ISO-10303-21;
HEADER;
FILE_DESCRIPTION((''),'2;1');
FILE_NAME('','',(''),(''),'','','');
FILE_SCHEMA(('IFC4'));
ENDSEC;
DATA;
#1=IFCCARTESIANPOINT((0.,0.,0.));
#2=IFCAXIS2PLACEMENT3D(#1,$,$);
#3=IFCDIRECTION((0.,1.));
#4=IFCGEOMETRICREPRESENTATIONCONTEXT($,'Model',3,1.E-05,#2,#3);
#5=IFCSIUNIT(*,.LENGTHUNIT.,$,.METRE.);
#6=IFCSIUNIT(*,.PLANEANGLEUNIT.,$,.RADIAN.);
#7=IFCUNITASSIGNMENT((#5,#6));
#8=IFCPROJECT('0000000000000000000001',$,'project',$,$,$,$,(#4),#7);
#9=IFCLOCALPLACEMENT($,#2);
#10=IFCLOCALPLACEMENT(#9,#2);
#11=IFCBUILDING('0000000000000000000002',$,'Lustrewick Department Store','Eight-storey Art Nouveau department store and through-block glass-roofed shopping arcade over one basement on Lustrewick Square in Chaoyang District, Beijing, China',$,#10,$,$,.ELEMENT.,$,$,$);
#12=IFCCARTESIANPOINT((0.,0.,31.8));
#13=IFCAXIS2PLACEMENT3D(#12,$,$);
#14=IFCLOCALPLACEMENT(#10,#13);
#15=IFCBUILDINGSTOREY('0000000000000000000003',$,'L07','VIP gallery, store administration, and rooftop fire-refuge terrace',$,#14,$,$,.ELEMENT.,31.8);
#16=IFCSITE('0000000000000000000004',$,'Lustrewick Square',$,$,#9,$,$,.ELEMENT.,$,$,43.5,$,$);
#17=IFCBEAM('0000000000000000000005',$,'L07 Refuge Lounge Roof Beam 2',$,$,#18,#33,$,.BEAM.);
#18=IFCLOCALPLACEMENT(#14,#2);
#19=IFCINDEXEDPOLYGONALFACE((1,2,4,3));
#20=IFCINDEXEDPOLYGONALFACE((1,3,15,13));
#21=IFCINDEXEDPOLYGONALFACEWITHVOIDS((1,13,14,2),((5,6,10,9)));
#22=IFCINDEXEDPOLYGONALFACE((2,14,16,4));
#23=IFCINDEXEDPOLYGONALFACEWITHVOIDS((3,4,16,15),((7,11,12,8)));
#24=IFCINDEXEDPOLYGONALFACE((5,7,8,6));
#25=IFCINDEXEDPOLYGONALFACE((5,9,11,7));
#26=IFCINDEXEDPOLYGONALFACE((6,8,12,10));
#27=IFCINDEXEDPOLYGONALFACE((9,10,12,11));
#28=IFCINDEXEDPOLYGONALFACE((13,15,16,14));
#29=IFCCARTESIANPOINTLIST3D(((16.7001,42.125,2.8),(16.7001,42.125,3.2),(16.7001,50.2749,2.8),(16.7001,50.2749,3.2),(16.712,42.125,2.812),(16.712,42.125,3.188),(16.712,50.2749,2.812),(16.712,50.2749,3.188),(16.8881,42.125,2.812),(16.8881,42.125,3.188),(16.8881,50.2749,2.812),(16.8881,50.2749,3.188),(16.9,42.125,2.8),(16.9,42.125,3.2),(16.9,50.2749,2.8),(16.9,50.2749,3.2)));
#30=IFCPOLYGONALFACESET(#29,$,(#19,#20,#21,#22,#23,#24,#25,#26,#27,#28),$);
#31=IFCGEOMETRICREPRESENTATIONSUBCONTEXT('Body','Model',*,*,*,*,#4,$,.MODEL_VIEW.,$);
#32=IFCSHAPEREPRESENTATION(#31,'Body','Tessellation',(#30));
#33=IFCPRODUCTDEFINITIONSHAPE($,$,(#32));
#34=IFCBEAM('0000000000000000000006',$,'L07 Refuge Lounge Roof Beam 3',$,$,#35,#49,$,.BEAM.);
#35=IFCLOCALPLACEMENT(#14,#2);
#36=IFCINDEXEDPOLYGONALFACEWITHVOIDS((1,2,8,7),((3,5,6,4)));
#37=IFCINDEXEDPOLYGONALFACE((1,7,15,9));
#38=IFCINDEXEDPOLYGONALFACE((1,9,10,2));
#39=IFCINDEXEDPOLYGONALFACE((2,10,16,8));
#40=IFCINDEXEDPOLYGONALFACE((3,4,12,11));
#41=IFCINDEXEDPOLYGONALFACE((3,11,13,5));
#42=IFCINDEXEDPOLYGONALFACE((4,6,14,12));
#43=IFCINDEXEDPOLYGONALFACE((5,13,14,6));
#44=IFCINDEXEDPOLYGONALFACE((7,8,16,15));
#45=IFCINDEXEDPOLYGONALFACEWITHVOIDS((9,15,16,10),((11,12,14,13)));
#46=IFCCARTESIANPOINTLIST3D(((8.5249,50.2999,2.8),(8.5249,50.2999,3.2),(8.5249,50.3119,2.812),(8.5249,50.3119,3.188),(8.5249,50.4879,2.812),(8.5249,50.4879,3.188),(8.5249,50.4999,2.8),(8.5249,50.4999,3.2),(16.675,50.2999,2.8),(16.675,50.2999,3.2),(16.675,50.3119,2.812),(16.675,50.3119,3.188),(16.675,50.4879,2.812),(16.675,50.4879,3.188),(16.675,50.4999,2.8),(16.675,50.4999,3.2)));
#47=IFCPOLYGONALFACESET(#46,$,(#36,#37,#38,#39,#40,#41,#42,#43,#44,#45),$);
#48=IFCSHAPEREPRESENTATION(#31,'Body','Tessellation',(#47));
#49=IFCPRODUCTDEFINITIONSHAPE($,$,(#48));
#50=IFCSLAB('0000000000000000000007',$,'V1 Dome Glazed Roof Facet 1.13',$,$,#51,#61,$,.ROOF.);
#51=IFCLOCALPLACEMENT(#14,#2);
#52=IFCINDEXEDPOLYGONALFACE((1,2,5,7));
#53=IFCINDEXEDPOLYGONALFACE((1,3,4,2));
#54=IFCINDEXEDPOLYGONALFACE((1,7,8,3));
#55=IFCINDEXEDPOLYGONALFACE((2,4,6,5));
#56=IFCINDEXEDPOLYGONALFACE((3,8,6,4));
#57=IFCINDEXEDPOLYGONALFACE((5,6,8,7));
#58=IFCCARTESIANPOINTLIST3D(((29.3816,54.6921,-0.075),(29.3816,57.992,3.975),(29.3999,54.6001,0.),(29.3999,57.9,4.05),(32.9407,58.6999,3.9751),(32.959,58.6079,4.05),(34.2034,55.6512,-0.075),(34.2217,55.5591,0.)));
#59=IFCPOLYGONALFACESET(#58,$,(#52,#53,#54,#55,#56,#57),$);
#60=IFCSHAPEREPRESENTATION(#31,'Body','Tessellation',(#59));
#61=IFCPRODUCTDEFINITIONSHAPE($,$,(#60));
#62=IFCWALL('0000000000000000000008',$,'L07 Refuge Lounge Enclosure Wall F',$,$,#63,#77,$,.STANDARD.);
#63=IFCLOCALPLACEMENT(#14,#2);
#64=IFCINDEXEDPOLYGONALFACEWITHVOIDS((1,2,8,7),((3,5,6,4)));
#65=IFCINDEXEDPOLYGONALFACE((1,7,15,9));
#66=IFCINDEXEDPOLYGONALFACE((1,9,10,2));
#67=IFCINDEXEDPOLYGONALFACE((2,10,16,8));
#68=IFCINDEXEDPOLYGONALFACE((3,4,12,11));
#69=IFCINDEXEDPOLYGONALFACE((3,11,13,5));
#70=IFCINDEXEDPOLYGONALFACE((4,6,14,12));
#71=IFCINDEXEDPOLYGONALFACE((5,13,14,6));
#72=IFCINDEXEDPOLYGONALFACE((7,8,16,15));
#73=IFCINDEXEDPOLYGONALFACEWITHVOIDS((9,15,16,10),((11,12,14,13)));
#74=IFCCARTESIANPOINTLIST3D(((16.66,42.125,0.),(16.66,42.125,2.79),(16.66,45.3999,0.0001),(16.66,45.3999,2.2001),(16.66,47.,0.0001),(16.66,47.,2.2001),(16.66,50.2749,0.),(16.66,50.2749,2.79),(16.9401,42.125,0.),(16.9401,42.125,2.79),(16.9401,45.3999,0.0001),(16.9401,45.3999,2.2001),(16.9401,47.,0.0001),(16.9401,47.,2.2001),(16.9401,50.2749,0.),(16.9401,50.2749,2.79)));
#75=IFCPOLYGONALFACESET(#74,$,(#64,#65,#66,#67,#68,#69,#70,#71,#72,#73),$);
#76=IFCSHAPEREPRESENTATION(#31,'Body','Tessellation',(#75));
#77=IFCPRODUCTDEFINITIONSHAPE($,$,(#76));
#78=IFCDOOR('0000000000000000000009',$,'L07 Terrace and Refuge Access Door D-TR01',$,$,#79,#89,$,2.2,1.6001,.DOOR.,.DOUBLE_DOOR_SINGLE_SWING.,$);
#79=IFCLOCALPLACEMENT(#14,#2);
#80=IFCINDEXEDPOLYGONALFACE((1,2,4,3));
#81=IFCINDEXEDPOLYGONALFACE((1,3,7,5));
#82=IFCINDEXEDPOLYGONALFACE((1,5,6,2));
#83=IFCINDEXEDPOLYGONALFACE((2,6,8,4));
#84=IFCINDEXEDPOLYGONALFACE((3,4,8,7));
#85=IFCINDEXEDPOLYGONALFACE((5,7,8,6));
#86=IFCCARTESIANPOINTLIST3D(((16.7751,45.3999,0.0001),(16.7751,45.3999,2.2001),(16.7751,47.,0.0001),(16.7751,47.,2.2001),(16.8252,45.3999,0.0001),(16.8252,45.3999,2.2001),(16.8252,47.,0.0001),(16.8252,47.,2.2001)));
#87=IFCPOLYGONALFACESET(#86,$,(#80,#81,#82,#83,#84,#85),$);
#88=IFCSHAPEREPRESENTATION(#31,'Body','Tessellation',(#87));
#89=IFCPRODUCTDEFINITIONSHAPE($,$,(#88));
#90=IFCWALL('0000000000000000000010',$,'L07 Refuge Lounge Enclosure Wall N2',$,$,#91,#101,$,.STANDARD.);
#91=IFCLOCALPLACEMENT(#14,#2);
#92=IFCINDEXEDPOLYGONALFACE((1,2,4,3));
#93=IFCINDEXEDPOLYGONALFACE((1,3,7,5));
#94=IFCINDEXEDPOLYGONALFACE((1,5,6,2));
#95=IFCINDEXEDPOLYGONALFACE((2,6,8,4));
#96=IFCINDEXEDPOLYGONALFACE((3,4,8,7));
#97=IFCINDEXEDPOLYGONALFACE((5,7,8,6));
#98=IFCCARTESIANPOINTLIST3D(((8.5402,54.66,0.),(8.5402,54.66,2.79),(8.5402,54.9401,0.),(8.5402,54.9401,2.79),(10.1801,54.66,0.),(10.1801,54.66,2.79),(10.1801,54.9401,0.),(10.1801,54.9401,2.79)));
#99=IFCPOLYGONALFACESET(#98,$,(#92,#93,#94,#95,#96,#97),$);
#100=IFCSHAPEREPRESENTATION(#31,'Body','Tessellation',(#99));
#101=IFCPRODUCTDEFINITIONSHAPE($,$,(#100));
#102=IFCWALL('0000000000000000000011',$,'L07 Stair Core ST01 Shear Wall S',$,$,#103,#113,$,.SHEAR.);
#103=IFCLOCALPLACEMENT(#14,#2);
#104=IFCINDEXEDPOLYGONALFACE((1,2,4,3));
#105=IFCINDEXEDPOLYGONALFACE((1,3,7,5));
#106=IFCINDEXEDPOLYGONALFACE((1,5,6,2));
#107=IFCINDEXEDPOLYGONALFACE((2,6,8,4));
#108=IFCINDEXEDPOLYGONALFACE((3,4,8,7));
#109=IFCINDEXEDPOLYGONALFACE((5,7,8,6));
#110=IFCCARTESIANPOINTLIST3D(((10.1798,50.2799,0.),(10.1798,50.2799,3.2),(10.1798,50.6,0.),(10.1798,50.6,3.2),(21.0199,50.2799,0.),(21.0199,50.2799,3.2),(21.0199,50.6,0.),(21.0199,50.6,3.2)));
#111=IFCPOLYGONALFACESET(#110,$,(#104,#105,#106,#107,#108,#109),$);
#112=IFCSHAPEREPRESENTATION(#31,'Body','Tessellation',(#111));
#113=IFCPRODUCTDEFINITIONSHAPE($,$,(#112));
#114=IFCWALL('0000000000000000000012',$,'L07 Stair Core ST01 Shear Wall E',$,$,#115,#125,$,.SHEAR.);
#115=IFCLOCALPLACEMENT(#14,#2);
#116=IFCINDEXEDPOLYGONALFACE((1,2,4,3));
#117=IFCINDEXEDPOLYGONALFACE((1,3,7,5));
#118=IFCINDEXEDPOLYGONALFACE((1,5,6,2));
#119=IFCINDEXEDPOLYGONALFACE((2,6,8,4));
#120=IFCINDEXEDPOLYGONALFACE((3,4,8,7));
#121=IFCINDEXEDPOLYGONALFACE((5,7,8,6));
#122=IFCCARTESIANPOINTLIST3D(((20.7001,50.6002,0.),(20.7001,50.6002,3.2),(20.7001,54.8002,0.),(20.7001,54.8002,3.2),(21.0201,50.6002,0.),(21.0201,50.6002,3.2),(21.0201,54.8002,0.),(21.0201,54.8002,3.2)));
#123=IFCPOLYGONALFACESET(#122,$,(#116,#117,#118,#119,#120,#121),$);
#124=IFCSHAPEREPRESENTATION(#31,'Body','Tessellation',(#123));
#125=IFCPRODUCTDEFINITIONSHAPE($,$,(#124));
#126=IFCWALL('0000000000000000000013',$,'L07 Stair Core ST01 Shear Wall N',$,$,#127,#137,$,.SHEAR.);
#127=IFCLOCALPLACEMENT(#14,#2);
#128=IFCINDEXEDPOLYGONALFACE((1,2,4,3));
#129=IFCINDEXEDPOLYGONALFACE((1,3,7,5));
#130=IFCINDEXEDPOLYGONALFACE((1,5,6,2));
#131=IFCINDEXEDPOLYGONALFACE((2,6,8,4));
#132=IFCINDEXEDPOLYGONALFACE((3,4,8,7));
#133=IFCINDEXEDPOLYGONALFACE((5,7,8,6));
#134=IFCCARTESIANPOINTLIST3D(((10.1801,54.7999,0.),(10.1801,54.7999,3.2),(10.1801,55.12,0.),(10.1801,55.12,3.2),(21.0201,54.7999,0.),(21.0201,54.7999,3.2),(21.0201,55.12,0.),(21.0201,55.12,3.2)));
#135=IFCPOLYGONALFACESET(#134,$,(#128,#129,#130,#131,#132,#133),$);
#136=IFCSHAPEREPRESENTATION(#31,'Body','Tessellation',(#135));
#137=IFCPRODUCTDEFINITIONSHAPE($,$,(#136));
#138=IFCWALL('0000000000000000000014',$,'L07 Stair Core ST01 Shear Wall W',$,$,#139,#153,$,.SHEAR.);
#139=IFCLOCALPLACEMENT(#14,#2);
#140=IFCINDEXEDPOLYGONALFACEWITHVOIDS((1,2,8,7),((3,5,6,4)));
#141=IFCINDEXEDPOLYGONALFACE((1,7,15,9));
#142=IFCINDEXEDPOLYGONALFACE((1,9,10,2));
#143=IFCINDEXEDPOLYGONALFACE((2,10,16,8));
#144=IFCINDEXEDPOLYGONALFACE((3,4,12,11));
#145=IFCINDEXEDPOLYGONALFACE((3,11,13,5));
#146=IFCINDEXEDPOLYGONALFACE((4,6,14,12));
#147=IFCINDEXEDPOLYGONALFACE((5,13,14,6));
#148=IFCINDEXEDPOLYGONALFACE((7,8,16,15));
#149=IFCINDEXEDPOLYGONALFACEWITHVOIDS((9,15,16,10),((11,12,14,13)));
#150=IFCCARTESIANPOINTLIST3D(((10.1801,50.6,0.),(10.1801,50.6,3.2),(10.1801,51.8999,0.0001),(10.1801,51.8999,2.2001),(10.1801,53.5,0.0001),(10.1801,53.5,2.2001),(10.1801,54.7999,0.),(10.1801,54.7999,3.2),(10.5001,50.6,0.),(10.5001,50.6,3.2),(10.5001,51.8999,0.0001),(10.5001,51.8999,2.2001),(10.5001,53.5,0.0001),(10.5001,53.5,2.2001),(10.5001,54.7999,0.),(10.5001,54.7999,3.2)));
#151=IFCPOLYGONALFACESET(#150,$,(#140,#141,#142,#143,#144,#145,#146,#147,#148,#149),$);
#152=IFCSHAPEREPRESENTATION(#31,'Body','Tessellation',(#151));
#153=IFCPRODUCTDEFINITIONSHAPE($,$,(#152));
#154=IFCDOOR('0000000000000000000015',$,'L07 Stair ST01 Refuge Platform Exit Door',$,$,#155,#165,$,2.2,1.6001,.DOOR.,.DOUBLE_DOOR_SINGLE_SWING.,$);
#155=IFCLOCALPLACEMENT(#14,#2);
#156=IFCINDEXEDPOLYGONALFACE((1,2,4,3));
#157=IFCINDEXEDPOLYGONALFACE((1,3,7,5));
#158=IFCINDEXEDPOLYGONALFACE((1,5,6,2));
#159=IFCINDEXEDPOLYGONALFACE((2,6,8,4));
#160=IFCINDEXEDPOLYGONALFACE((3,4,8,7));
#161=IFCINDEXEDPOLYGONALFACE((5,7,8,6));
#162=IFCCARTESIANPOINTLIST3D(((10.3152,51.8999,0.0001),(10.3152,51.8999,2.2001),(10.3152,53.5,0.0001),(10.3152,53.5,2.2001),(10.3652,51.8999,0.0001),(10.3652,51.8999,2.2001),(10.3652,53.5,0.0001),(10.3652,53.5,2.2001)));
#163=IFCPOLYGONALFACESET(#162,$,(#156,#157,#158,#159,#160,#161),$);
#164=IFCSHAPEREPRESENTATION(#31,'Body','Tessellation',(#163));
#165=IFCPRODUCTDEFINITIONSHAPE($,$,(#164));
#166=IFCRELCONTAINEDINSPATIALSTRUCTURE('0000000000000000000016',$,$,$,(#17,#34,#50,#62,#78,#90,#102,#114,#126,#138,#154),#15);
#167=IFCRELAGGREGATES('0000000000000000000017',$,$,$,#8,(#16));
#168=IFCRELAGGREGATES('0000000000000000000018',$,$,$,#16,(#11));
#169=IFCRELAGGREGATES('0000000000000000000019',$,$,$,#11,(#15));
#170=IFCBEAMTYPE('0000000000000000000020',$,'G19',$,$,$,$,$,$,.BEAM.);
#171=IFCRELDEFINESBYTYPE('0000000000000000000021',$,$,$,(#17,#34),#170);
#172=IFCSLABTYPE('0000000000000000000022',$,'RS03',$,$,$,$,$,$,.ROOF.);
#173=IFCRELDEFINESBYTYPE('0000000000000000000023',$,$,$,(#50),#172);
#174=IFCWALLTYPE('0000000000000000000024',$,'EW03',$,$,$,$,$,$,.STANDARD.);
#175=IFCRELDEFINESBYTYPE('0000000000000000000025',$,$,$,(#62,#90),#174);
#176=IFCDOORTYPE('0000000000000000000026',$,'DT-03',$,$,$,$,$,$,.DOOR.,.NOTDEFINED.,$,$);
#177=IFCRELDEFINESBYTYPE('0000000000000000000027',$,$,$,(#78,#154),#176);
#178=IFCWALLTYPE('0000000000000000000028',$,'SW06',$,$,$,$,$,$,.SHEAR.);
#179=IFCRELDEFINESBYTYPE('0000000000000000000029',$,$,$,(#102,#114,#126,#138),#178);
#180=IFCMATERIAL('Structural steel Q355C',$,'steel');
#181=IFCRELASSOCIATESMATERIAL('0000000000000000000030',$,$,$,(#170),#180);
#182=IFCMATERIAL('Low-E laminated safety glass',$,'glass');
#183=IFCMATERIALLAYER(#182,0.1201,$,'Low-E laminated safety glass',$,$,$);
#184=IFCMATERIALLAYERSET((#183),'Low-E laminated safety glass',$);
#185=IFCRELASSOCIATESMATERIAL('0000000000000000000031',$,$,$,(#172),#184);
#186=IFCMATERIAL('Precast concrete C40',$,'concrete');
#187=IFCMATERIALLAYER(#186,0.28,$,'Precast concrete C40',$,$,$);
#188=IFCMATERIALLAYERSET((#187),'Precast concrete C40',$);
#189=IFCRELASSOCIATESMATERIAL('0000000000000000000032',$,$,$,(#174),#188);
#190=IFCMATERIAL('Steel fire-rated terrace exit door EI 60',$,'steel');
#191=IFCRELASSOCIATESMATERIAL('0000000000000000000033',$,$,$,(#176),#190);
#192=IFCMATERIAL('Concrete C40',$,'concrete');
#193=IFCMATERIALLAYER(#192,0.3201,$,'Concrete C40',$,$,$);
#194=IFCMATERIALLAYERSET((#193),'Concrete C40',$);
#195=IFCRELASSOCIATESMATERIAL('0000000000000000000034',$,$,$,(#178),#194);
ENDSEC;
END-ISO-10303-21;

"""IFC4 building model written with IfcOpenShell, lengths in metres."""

from ifc_helpers import new_model, si_unit, direction, frame, frame_2d, origin, origin_2d, place, context, subcontext, project, spatial, polyline, rectangle, hollow_rectangle, outline, extrude, material, layer, layer_set, material_profile, profile_set, type_object, element, fill, save


model = new_model("IFC4")

# Units and contexts
model_context = context("Model", 3, precision=1e-05, world=origin(), true_north=direction((0.0, 1.0)))
body_context = subcontext(model_context, "Body", "Model", "MODEL_VIEW")
ifc_project = project(units=[si_unit("LENGTHUNIT", "METRE"), si_unit("PLANEANGLEUNIT", "RADIAN")], contexts=[model_context])

# Site, building, storey
site_placement = place(None, origin())
site = spatial("IfcSite", under=ifc_project, at=site_placement, Name="Lustrewick Square", CompositionType="ELEMENT", RefElevation=43.5)
building_placement = place(site_placement, origin())
building = spatial("IfcBuilding", under=site, at=building_placement, Name="Lustrewick Department Store", Description="Eight-storey Art Nouveau department store and through-block glass-roofed shopping arcade over one basement on Lustrewick Square in Chaoyang District, Beijing, China", CompositionType="ELEMENT")
storey_placement = place(building_placement, frame((0.0, 0.0, 31.8)))
storey = spatial("IfcBuildingStorey", under=building, at=storey_placement, Name="L07", Description="VIP gallery, store administration, and rooftop fire-refuge terrace", CompositionType="ELEMENT", Elevation=31.8)

# Shared definitions
ifc_material_1 = material(Name="Structural steel Q355C", Category="steel")

# Beams
ifc_material_profile_1 = material_profile(ifc_material_1, hollow_rectangle(XDim=0.2, YDim=0.3999, WallThickness=0.012, at=origin_2d()), Name="RHS 400x200x12")
ifc_profile_set_1 = profile_set([ifc_material_profile_1], Name="Structural steel Q355C")
beam_type_1 = type_object("IfcBeamType", Name="G19", PredefinedType="BEAM", material=ifc_profile_set_1)
beam_1_placement = place(storey_placement, frame((16.8, 42.125, 3.0), z_axis=(0.0, 1.0, 0.0), x_axis=(-1.0, 0.0, 0.0)))
element("IfcBeam", 1, at=beam_1_placement, inside=storey, type_object=beam_type_1, Name="L07 Refuge Lounge Roof Beam 2", PredefinedType="BEAM", context=body_context, shape_type="SweptSolid", body=[
    extrude(hollow_rectangle(XDim=0.2, YDim=0.3999, WallThickness=0.012, at=origin_2d()), origin(), (0.0, 0.0, 1.0), 8.1499),
])
beam_2_placement = place(storey_placement, frame((8.5249, 50.3999, 3.0), z_axis=(1.0, 0.0, 0.0), x_axis=(0.0, 1.0, 0.0)))
element("IfcBeam", 2, at=beam_2_placement, inside=storey, type_object=beam_type_1, Name="L07 Refuge Lounge Roof Beam 3", PredefinedType="BEAM", context=body_context, shape_type="SweptSolid", body=[
    extrude(hollow_rectangle(XDim=0.2, YDim=0.3999, WallThickness=0.012, at=origin_2d()), origin(), (0.0, 0.0, 1.0), 8.1501),
])

# Slab
ifc_material_2 = material(Name="Low-E laminated safety glass", Category="glass")
ifc_layer_1 = layer(ifc_material_2, 0.1201, Name="Low-E laminated safety glass")
ifc_layer_set_1 = layer_set([ifc_layer_1], Name="Low-E laminated safety glass")
slab_type = type_object("IfcSlabType", Name="RS03", PredefinedType="ROOF", material=ifc_layer_set_1)
slab_placement = place(storey_placement, frame((29.3999, 54.6001, 0.0), z_axis=(0.152399, -0.766193, 0.624278), x_axis=(0.980788, 0.195076, -0.000009)))
element("IfcSlab", 3, at=slab_placement, inside=storey, type_object=slab_type, Name="V1 Dome Glazed Roof Facet 1.13", PredefinedType="ROOF", context=body_context, shape_type="SweptSolid", body=[
    extrude(outline(polyline([(0.0, 0.0), (4.9162, 0.0), (4.2725, 5.1844), (0.6437, 5.1843), (0.0, 0.0)])), origin(), (0.0, 0.0, -1.0), 0.1201),
])

# Wall, opening, door
ifc_material_3 = material(Name="Precast concrete C40", Category="concrete")
ifc_layer_2 = layer(ifc_material_3, 0.28, Name="Precast concrete C40")
ifc_layer_set_2 = layer_set([ifc_layer_2], Name="Precast concrete C40")
wall_type_1 = type_object("IfcWallType", Name="EW03", PredefinedType="STANDARD", material=ifc_layer_set_2)
wall_1_placement = place(storey_placement, frame((16.8, 42.125, 0.0), z_axis=(0.0, 0.0, 1.0), x_axis=(0.0, 1.0, 0.0)))
wall_1 = element("IfcWall", 4, at=wall_1_placement, inside=storey, type_object=wall_type_1, Name="L07 Refuge Lounge Enclosure Wall F", PredefinedType="STANDARD", context=body_context, shape_type="SweptSolid", body=[
    extrude(rectangle(XDim=8.1499, YDim=0.28, at=frame_2d((4.075, 0.0))), origin(), (0.0, 0.0, 1.0), 2.79),
])
opening_1_placement = place(wall_1_placement, frame((3.2749, 0.0, 0.0)))
opening_1 = element("IfcOpeningElement", 5, at=opening_1_placement, cuts=wall_1, PredefinedType="OPENING", context=body_context, shape_type="SweptSolid", body=[
    extrude(rectangle(XDim=1.6001, YDim=2.2, at=frame_2d((0.8, 1.1001))), frame((0.0, 0.1499, 0.0), z_axis=(0.0, -1.0, 0.0), x_axis=(1.0, 0.0, 0.0)), (0.0, 0.0, 1.0), 0.3),
])
ifc_material_4 = material(Name="Steel fire-rated terrace exit door EI 60", Category="steel")
door_type = type_object("IfcDoorType", Name="DT-03", OperationType="NOTDEFINED", PredefinedType="DOOR", material=ifc_material_4)
door_1_placement = place(opening_1_placement, origin())
door_1 = element("IfcDoor", 6, at=door_1_placement, inside=storey, type_object=door_type, Name="L07 Terrace and Refuge Access Door D-TR01", OperationType="DOUBLE_DOOR_SINGLE_SWING", OverallHeight=2.2, OverallWidth=1.6001, PredefinedType="DOOR", context=body_context, shape_type="SweptSolid", body=[
    extrude(rectangle(XDim=1.6001, YDim=2.2, at=frame_2d((0.8, 1.1001))), frame((0.0, 0.0249, 0.0), z_axis=(0.0, -1.0, 0.0), x_axis=(1.0, 0.0, 0.0)), (0.0, 0.0, 1.0), 0.05),
])
fill(opening_1, door_1)

# Walls
wall_2_placement = place(storey_placement, frame((10.1799, 54.8, 0.0), z_axis=(0.0, 0.0, 1.0), x_axis=(-1.0, 0.0, 0.0)))
element("IfcWall", 7, at=wall_2_placement, inside=storey, type_object=wall_type_1, Name="L07 Refuge Lounge Enclosure Wall N2", PredefinedType="STANDARD", context=body_context, shape_type="SweptSolid", body=[
    extrude(rectangle(XDim=1.6399, YDim=0.28, at=frame_2d((0.8198, 0.0))), origin(), (0.0, 0.0, 1.0), 2.79),
])
ifc_material_5 = material(Name="Concrete C40", Category="concrete")
ifc_layer_3 = layer(ifc_material_5, 0.3201, Name="Concrete C40")
ifc_layer_set_3 = layer_set([ifc_layer_3], Name="Concrete C40")
wall_type_2 = type_object("IfcWallType", Name="SW06", PredefinedType="SHEAR", material=ifc_layer_set_3)
wall_3_placement = place(storey_placement, frame((10.1799, 50.4399, 0.0), z_axis=(0.0, 0.0, 1.0), x_axis=(1.0, 0.0, 0.0)))
element("IfcWall", 8, at=wall_3_placement, inside=storey, type_object=wall_type_2, Name="L07 Stair Core ST01 Shear Wall S", PredefinedType="SHEAR", context=body_context, shape_type="SweptSolid", body=[
    extrude(rectangle(XDim=10.8401, YDim=0.3201, at=frame_2d((5.4199, 0.0))), origin(), (0.0, 0.0, 1.0), 3.2),
])
wall_4_placement = place(storey_placement, frame((20.8601, 50.6001, 0.0), z_axis=(0.0, 0.0, 1.0), x_axis=(0.0, 1.0, 0.0)))
element("IfcWall", 9, at=wall_4_placement, inside=storey, type_object=wall_type_2, Name="L07 Stair Core ST01 Shear Wall E", PredefinedType="SHEAR", context=body_context, shape_type="SweptSolid", body=[
    extrude(rectangle(XDim=4.2, YDim=0.3201, at=frame_2d((2.1001, 0.0))), origin(), (0.0, 0.0, 1.0), 3.2),
])
wall_5_placement = place(storey_placement, frame((21.02, 54.96, 0.0), z_axis=(0.0, 0.0, 1.0), x_axis=(-1.0, 0.0, 0.0)))
element("IfcWall", 10, at=wall_5_placement, inside=storey, type_object=wall_type_2, Name="L07 Stair Core ST01 Shear Wall N", PredefinedType="SHEAR", context=body_context, shape_type="SweptSolid", body=[
    extrude(rectangle(XDim=10.8401, YDim=0.3201, at=frame_2d((5.4199, 0.0))), origin(), (0.0, 0.0, 1.0), 3.2),
])

# Wall, opening, door
wall_6_placement = place(storey_placement, frame((10.3401, 54.8, 0.0), z_axis=(0.0, 0.0, 1.0), x_axis=(0.0, -1.0, 0.0)))
wall_6 = element("IfcWall", 11, at=wall_6_placement, inside=storey, type_object=wall_type_2, Name="L07 Stair Core ST01 Shear Wall W", PredefinedType="SHEAR", context=body_context, shape_type="SweptSolid", body=[
    extrude(rectangle(XDim=4.2, YDim=0.3201, at=frame_2d((2.1001, 0.0))), origin(), (0.0, 0.0, 1.0), 3.2),
])
opening_2_placement = place(wall_6_placement, frame((1.3, 0.0, 0.0)))
opening_2 = element("IfcOpeningElement", 12, at=opening_2_placement, cuts=wall_6, PredefinedType="OPENING", context=body_context, shape_type="SweptSolid", body=[
    extrude(rectangle(XDim=1.6001, YDim=2.2, at=frame_2d((0.8, 1.1001))), frame((0.0, 0.1699, 0.0), z_axis=(0.0, -1.0, 0.0), x_axis=(1.0, 0.0, 0.0)), (0.0, 0.0, 1.0), 0.3401),
])
door_2_placement = place(opening_2_placement, frame((1.6001, 0.0, 0.0), z_axis=(0.0, 0.0, 1.0), x_axis=(-1.0, 0.0, 0.0)))
door_2 = element("IfcDoor", 13, at=door_2_placement, inside=storey, type_object=door_type, Name="L07 Stair ST01 Refuge Platform Exit Door", OperationType="DOUBLE_DOOR_SINGLE_SWING", OverallHeight=2.2, OverallWidth=1.6001, PredefinedType="DOOR", context=body_context, shape_type="SweptSolid", body=[
    extrude(rectangle(XDim=1.6001, YDim=2.2, at=frame_2d((0.8, 1.1001))), frame((0.0, 0.0249, 0.0), z_axis=(0.0, -1.0, 0.0), x_axis=(1.0, 0.0, 0.0)), (0.0, 0.0, 1.0), 0.05),
])
fill(opening_2, door_2)

save(model, "model.ifc")
